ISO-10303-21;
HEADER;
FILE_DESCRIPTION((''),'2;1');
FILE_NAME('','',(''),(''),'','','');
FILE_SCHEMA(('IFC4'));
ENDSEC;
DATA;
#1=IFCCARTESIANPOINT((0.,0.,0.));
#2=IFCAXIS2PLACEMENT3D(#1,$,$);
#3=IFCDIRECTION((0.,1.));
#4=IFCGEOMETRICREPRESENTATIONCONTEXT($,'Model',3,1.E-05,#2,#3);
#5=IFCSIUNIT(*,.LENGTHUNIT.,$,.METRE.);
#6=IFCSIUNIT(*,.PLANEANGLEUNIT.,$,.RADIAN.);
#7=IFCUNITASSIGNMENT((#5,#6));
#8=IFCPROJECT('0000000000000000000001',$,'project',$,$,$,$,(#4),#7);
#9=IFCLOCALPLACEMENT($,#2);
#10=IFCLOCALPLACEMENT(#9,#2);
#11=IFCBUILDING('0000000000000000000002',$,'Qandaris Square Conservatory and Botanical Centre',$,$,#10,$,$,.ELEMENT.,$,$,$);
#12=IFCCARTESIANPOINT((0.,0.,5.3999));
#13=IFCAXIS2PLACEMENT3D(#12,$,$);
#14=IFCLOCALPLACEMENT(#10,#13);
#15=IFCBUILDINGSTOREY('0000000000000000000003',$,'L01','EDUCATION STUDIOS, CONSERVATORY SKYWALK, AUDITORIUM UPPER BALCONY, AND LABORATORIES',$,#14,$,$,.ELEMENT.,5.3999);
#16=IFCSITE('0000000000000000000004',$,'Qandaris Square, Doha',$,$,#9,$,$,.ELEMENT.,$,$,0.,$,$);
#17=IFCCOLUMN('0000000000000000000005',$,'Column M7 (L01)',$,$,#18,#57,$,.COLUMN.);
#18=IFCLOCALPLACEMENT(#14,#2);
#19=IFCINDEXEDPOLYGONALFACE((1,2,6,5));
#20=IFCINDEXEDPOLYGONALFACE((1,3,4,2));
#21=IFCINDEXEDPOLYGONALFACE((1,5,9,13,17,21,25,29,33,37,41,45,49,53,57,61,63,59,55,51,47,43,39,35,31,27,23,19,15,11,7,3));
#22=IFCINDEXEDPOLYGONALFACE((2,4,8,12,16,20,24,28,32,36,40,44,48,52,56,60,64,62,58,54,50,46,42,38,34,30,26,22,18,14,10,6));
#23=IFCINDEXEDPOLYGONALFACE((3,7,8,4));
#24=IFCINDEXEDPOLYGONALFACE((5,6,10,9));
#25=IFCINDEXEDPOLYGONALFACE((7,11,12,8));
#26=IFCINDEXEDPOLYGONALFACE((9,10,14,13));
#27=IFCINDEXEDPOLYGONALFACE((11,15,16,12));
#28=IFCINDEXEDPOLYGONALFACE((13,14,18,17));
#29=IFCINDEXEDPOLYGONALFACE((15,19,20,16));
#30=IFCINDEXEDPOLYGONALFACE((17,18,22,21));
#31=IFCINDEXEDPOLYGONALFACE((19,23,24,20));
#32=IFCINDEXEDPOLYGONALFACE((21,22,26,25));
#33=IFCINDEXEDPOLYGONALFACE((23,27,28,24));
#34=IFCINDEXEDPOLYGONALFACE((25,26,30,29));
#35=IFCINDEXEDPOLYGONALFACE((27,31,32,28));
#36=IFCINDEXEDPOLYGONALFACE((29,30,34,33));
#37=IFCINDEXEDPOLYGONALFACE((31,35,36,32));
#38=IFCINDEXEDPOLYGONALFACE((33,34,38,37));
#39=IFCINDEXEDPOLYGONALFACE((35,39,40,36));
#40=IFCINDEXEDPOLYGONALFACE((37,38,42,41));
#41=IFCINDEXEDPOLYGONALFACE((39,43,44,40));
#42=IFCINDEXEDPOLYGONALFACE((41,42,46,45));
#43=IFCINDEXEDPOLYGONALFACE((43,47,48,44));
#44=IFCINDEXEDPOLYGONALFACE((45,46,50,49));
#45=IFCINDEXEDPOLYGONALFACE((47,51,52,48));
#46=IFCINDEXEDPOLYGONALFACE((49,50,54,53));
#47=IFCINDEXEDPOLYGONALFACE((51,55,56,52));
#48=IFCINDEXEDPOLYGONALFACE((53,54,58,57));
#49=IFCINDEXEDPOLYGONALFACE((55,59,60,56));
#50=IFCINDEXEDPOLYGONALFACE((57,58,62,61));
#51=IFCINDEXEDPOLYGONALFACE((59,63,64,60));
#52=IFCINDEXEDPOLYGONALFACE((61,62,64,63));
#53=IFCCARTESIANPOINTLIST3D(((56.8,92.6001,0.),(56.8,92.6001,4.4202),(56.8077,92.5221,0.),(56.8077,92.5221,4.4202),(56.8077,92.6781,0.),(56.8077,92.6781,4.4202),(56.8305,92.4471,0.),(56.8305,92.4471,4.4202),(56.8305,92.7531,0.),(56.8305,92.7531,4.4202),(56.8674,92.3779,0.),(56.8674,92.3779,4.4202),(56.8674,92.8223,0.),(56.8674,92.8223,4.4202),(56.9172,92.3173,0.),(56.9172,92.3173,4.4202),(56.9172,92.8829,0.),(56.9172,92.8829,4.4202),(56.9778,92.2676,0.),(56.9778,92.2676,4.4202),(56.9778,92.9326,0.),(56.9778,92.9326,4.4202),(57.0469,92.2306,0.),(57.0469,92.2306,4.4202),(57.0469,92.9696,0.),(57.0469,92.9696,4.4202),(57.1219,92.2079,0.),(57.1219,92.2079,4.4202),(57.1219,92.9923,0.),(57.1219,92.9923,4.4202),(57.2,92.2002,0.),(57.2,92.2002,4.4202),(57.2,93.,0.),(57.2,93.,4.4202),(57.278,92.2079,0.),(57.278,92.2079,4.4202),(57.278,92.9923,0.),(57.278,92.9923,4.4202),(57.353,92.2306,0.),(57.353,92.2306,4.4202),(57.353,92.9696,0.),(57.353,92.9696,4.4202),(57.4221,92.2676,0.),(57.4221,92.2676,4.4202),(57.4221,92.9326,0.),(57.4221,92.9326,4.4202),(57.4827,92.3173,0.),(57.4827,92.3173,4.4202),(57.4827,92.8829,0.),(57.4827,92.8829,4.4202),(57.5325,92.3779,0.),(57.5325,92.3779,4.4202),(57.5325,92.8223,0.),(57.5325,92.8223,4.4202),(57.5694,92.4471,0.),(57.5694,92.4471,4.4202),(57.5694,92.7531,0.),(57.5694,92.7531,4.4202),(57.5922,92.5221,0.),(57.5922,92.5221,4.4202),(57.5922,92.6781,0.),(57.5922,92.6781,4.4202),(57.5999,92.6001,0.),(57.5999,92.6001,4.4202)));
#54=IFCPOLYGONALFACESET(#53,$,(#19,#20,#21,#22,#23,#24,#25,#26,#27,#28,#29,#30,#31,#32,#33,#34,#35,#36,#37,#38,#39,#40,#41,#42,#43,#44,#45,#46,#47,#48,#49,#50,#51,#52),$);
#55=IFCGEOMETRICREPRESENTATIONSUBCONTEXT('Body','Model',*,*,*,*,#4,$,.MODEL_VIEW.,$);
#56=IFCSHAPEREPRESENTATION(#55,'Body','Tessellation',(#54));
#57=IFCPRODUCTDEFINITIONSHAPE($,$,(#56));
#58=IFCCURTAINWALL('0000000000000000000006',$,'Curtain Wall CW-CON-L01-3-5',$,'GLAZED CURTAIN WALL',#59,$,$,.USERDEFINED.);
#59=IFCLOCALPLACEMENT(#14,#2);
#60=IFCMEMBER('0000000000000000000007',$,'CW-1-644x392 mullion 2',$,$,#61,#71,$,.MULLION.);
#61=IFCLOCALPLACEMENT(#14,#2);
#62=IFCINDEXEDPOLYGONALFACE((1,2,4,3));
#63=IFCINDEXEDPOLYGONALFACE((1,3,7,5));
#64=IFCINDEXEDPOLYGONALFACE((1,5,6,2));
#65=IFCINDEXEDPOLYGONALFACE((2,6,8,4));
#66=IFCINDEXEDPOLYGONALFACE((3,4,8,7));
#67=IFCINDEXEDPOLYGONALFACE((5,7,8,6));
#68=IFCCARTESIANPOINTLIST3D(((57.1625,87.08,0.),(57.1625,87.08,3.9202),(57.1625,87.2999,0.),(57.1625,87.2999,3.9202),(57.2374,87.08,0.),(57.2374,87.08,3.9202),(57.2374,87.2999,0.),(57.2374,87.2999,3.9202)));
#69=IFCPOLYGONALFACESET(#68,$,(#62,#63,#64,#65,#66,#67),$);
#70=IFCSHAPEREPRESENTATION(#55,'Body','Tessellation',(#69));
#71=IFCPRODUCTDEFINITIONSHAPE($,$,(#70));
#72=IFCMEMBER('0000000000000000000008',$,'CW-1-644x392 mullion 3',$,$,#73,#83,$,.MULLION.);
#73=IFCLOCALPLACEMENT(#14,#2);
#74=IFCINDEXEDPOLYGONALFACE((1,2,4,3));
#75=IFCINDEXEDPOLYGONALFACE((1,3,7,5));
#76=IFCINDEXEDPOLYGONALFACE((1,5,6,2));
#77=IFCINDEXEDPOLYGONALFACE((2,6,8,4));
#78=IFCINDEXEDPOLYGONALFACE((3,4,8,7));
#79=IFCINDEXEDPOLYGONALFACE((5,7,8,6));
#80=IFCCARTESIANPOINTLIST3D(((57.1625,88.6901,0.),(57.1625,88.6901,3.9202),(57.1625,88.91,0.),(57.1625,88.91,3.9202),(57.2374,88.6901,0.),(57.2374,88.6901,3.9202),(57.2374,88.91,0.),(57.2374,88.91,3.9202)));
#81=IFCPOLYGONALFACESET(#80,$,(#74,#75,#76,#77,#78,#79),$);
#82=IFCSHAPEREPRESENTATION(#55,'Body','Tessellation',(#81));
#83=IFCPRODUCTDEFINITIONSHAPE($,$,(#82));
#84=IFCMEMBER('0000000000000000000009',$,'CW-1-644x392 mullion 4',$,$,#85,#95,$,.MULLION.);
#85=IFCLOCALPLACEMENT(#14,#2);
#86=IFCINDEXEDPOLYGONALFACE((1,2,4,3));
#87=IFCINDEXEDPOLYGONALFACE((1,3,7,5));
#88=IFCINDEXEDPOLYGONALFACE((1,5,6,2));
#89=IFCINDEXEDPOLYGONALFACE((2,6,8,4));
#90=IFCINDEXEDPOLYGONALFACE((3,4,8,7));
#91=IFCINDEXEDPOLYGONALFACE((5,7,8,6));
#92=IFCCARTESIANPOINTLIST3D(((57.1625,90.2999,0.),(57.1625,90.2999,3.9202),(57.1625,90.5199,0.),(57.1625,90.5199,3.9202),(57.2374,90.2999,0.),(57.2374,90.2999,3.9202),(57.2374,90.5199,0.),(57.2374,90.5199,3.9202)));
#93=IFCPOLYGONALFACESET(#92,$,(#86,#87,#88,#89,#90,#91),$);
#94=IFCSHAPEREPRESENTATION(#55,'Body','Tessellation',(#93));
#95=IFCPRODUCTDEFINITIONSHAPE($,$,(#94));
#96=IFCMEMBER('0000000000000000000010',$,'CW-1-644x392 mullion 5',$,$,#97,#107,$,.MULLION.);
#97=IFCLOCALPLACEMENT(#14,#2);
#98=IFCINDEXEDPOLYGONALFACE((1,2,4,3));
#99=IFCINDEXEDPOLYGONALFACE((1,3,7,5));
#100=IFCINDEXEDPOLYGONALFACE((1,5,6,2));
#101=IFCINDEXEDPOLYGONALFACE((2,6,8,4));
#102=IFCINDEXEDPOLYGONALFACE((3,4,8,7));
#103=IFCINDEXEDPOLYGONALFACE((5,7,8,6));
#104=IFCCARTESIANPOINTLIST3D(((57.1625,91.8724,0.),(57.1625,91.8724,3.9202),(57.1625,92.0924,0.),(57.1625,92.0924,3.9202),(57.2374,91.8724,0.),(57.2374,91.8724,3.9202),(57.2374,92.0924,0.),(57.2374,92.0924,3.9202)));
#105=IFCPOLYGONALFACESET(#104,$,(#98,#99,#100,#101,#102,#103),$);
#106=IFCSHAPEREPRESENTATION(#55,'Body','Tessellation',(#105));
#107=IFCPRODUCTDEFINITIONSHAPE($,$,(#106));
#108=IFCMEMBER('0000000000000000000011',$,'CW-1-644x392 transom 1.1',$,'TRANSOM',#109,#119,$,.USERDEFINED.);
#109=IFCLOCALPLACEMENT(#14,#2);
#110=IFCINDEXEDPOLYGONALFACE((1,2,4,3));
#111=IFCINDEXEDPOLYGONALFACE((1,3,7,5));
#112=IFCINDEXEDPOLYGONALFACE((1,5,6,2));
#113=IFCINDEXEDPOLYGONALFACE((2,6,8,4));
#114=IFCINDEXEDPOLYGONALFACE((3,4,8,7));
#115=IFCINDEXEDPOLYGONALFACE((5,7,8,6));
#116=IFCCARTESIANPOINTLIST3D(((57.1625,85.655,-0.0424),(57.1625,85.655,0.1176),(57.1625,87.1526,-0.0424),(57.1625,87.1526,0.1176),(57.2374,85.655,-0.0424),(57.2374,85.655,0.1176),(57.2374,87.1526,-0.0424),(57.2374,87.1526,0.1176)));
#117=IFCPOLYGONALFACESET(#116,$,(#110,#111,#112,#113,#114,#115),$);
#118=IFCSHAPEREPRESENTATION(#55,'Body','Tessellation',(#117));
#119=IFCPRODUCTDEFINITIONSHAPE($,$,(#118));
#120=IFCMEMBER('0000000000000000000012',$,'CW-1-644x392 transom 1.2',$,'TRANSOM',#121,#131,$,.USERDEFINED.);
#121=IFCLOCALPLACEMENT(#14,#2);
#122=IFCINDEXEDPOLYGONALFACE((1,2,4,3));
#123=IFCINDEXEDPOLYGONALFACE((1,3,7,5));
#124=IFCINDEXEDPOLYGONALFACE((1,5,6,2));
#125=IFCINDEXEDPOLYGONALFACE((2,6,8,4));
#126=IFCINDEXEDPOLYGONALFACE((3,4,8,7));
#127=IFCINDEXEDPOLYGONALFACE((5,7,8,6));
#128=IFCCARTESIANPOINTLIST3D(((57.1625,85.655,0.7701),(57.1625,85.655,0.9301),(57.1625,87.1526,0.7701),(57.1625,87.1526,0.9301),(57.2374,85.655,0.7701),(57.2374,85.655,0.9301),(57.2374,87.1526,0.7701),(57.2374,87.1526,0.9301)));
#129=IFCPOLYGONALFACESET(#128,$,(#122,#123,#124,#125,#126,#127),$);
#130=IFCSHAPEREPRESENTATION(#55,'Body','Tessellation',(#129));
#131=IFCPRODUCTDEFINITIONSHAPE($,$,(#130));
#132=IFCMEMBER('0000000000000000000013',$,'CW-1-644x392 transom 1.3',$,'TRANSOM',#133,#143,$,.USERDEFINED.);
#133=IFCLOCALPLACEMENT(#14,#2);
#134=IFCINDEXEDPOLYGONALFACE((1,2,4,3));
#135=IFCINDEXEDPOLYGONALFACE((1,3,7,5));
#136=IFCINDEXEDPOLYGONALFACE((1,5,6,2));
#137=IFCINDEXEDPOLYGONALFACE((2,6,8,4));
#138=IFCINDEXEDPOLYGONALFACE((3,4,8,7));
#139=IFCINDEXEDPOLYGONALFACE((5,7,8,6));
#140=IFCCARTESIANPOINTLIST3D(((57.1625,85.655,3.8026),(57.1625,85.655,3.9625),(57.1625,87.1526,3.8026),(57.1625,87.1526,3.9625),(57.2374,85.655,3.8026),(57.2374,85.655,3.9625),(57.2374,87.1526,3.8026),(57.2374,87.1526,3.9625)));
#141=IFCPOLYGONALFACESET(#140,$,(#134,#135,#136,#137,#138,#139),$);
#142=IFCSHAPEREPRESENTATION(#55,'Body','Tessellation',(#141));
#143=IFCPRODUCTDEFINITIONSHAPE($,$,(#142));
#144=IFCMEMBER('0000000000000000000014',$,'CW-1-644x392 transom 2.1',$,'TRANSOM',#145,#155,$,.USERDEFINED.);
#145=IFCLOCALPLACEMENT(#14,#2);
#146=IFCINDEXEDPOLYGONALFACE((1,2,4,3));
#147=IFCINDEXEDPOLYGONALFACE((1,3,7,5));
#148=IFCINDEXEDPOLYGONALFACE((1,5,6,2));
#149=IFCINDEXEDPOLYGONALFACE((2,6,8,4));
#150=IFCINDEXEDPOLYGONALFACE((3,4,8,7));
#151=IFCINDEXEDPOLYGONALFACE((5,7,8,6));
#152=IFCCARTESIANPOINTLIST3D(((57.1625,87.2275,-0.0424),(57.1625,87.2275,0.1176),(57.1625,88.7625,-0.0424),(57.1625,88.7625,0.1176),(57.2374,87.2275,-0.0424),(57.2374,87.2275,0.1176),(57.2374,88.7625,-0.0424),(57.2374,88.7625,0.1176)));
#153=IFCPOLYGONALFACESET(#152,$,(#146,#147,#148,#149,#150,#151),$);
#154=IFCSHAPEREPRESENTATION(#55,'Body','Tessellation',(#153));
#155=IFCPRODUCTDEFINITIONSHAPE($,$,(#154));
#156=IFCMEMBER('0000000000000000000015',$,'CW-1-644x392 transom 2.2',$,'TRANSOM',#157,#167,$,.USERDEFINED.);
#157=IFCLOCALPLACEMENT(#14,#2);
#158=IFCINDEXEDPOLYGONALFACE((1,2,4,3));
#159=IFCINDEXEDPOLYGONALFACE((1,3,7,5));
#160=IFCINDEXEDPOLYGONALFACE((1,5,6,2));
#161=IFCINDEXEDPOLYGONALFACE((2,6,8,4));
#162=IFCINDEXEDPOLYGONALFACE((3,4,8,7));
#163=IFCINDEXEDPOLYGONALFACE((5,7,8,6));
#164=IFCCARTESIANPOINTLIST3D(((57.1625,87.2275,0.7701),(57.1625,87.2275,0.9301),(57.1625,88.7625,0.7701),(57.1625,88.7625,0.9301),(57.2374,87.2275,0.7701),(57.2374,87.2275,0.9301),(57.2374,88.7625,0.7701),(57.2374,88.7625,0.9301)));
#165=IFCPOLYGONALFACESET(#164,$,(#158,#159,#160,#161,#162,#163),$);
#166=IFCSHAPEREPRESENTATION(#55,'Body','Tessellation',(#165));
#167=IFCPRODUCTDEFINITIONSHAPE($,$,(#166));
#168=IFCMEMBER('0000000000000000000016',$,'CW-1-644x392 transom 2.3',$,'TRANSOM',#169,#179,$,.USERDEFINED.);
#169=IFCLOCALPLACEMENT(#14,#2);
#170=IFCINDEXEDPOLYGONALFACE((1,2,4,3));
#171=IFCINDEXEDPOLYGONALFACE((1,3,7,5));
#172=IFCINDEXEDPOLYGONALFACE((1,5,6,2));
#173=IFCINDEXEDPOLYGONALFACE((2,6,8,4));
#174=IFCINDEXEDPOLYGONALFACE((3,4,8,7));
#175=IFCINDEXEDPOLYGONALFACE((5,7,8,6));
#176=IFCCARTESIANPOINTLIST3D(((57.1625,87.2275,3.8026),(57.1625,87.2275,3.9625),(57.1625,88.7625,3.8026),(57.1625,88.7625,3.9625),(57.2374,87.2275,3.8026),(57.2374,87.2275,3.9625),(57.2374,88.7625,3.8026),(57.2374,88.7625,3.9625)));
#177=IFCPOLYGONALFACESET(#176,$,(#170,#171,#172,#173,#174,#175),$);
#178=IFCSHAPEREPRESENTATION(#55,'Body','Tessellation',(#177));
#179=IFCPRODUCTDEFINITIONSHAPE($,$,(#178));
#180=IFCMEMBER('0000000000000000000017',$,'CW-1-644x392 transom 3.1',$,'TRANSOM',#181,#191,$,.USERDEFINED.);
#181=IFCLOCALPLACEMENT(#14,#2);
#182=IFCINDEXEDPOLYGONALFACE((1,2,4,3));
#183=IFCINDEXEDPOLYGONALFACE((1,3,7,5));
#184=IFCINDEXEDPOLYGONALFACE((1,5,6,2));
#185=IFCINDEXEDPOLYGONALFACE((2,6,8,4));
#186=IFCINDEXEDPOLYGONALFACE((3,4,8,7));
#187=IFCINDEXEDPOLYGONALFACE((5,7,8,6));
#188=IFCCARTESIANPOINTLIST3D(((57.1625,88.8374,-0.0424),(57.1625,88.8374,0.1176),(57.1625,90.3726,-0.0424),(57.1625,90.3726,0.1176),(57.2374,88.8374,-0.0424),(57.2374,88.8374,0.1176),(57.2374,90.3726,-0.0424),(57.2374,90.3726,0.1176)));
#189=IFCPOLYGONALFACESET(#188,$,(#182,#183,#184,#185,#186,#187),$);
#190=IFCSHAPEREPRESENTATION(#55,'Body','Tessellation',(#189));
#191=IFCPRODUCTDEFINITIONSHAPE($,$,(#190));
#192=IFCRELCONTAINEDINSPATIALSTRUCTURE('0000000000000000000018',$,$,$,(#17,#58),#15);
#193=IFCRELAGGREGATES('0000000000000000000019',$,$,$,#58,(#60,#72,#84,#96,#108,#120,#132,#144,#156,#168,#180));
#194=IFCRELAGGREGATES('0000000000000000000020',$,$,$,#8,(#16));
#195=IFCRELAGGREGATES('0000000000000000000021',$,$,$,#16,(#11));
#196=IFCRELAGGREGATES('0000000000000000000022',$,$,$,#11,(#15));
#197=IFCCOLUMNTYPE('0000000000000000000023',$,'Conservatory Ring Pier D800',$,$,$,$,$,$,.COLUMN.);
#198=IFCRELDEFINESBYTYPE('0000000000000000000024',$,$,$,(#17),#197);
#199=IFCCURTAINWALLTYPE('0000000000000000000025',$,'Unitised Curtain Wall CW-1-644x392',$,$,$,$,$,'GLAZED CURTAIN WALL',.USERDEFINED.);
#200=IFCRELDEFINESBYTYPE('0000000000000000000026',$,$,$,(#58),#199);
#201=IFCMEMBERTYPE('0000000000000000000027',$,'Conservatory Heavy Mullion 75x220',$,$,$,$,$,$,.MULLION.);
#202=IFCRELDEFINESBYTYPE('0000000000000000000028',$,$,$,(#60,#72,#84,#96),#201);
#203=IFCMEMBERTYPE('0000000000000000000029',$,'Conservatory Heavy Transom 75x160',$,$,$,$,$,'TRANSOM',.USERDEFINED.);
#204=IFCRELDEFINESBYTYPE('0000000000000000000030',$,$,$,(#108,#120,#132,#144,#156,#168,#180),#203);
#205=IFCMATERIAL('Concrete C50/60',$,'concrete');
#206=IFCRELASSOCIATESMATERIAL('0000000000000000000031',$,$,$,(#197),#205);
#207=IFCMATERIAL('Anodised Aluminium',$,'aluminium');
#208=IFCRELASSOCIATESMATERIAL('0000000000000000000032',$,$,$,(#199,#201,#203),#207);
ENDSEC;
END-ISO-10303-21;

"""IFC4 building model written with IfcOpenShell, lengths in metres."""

from ifc_helpers import new_model, si_unit, direction, frame, origin, origin_2d, place, context, subcontext, project, spatial, rectangle, circle, extrude, material, material_profile, profile_set, type_object, element, aggregate, save


model = new_model("IFC4")

# Units and contexts
model_context = context("Model", 3, precision=1e-05, world=origin(), true_north=direction((0.0, 1.0)))
body_context = subcontext(model_context, "Body", "Model", "MODEL_VIEW")
ifc_project = project(units=[si_unit("LENGTHUNIT", "METRE"), si_unit("PLANEANGLEUNIT", "RADIAN")], contexts=[model_context])

# Site, building, storey
site_placement = place(None, origin())
site = spatial("IfcSite", under=ifc_project, at=site_placement, Name="Qandaris Square, Doha", CompositionType="ELEMENT", RefElevation=0.0)
building_placement = place(site_placement, origin())
building = spatial("IfcBuilding", under=site, at=building_placement, Name="Qandaris Square Conservatory and Botanical Centre", CompositionType="ELEMENT")
storey_placement = place(building_placement, frame((0.0, 0.0, 5.3999)))
storey = spatial("IfcBuildingStorey", under=building, at=storey_placement, Name="L01", Description="EDUCATION STUDIOS, CONSERVATORY SKYWALK, AUDITORIUM UPPER BALCONY, AND LABORATORIES", CompositionType="ELEMENT", Elevation=5.3999)

# Column
ifc_material_1 = material(Name="Concrete C50/60", Category="concrete")
ifc_material_profile_1 = material_profile(ifc_material_1, circle(Radius=0.3999, at=origin_2d()), Name="RC-COL D800")
ifc_profile_set_1 = profile_set([ifc_material_profile_1], Name="Concrete C50/60")
column_type = type_object("IfcColumnType", Name="Conservatory Ring Pier D800", PredefinedType="COLUMN", material=ifc_profile_set_1)
column_placement = place(storey_placement, frame((57.2, 92.6001, 0.0), z_axis=(0.0, 0.0, 1.0), x_axis=(1.0, 0.0, 0.0)))
element("IfcColumn", 1, at=column_placement, inside=storey, type_object=column_type, Name="Column M7 (L01)", PredefinedType="COLUMN", context=body_context, shape_type="SweptSolid", body=[
    extrude(circle(Radius=0.3999, at=origin_2d()), origin(), (0.0, 0.0, 1.0), 4.4202),
])

# Curtain wall, members
ifc_material_2 = material(Name="Anodised Aluminium", Category="aluminium")
curtain_wall_type = type_object("IfcCurtainWallType", Name="Unitised Curtain Wall CW-1-644x392", ElementType="GLAZED CURTAIN WALL", PredefinedType="USERDEFINED", material=ifc_material_2)
curtain_wall_placement = place(storey_placement, origin())
curtain_wall = element("IfcCurtainWall", 2, at=curtain_wall_placement, inside=storey, type_object=curtain_wall_type, Name="Curtain Wall CW-CON-L01-3-5", ObjectType="GLAZED CURTAIN WALL", PredefinedType="USERDEFINED")
ifc_material_profile_2 = material_profile(ifc_material_2, rectangle(XDim=0.075, YDim=0.22, at=origin_2d()), Name="ALU-MUL 75x220")
ifc_profile_set_2 = profile_set([ifc_material_profile_2], Name="Anodised Aluminium")
member_type_1 = type_object("IfcMemberType", Name="Conservatory Heavy Mullion 75x220", PredefinedType="MULLION", material=ifc_profile_set_2)
member_1_placement = place(storey_placement, frame((57.2, 87.1899, 0.0), z_axis=(0.0, 0.0, 1.0), x_axis=(-1.0, 0.0, 0.0)))
member_1 = element("IfcMember", 3, at=member_1_placement, type_object=member_type_1, Name="CW-1-644x392 mullion 2", PredefinedType="MULLION", context=body_context, shape_type="SweptSolid", body=[
    extrude(rectangle(XDim=0.075, YDim=0.22, at=origin_2d()), origin(), (0.0, 0.0, 1.0), 3.9202),
])
member_2_placement = place(storey_placement, frame((57.2, 88.8, 0.0), z_axis=(0.0, 0.0, 1.0), x_axis=(-1.0, 0.0, 0.0)))
member_2 = element("IfcMember", 4, at=member_2_placement, type_object=member_type_1, Name="CW-1-644x392 mullion 3", PredefinedType="MULLION", context=body_context, shape_type="SweptSolid", body=[
    extrude(rectangle(XDim=0.075, YDim=0.22, at=origin_2d()), origin(), (0.0, 0.0, 1.0), 3.9202),
])
member_3_placement = place(storey_placement, frame((57.2, 90.4099, 0.0), z_axis=(0.0, 0.0, 1.0), x_axis=(-1.0, 0.0, 0.0)))
member_3 = element("IfcMember", 5, at=member_3_placement, type_object=member_type_1, Name="CW-1-644x392 mullion 4", PredefinedType="MULLION", context=body_context, shape_type="SweptSolid", body=[
    extrude(rectangle(XDim=0.075, YDim=0.22, at=origin_2d()), origin(), (0.0, 0.0, 1.0), 3.9202),
])
member_4_placement = place(storey_placement, frame((57.2, 91.9824, 0.0), z_axis=(0.0, 0.0, 1.0), x_axis=(-1.0, 0.0, 0.0)))
member_4 = element("IfcMember", 6, at=member_4_placement, type_object=member_type_1, Name="CW-1-644x392 mullion 5", PredefinedType="MULLION", context=body_context, shape_type="SweptSolid", body=[
    extrude(rectangle(XDim=0.075, YDim=0.22, at=origin_2d()), origin(), (0.0, 0.0, 1.0), 3.9202),
])
ifc_material_profile_3 = material_profile(ifc_material_2, rectangle(XDim=0.075, YDim=0.1599, at=origin_2d()), Name="ALU-TRN 75x160")
ifc_profile_set_3 = profile_set([ifc_material_profile_3], Name="Anodised Aluminium")
member_type_2 = type_object("IfcMemberType", Name="Conservatory Heavy Transom 75x160", ElementType="TRANSOM", PredefinedType="USERDEFINED", material=ifc_profile_set_3)
member_5_placement = place(storey_placement, frame((57.2, 85.655, 0.0376), z_axis=(0.0, 1.0, 0.0), x_axis=(-1.0, 0.0, 0.0)))
member_5 = element("IfcMember", 7, at=member_5_placement, type_object=member_type_2, Name="CW-1-644x392 transom 1.1", ObjectType="TRANSOM", PredefinedType="USERDEFINED", context=body_context, shape_type="SweptSolid", body=[
    extrude(rectangle(XDim=0.075, YDim=0.1599, at=origin_2d()), origin(), (0.0, 0.0, 1.0), 1.4976),
])
member_6_placement = place(storey_placement, frame((57.2, 85.655, 0.8501), z_axis=(0.0, 1.0, 0.0), x_axis=(-1.0, 0.0, 0.0)))
member_6 = element("IfcMember", 8, at=member_6_placement, type_object=member_type_2, Name="CW-1-644x392 transom 1.2", ObjectType="TRANSOM", PredefinedType="USERDEFINED", context=body_context, shape_type="SweptSolid", body=[
    extrude(rectangle(XDim=0.075, YDim=0.1599, at=origin_2d()), origin(), (0.0, 0.0, 1.0), 1.4976),
])
member_7_placement = place(storey_placement, frame((57.2, 85.655, 3.8826), z_axis=(0.0, 1.0, 0.0), x_axis=(-1.0, 0.0, 0.0)))
member_7 = element("IfcMember", 9, at=member_7_placement, type_object=member_type_2, Name="CW-1-644x392 transom 1.3", ObjectType="TRANSOM", PredefinedType="USERDEFINED", context=body_context, shape_type="SweptSolid", body=[
    extrude(rectangle(XDim=0.075, YDim=0.1599, at=origin_2d()), origin(), (0.0, 0.0, 1.0), 1.4976),
])
member_8_placement = place(storey_placement, frame((57.2, 87.2275, 0.0376), z_axis=(0.0, 1.0, 0.0), x_axis=(-1.0, 0.0, 0.0)))
member_8 = element("IfcMember", 10, at=member_8_placement, type_object=member_type_2, Name="CW-1-644x392 transom 2.1", ObjectType="TRANSOM", PredefinedType="USERDEFINED", context=body_context, shape_type="SweptSolid", body=[
    extrude(rectangle(XDim=0.075, YDim=0.1599, at=origin_2d()), origin(), (0.0, 0.0, 1.0), 1.5349),
])
member_9_placement = place(storey_placement, frame((57.2, 87.2275, 0.8501), z_axis=(0.0, 1.0, 0.0), x_axis=(-1.0, 0.0, 0.0)))
member_9 = element("IfcMember", 11, at=member_9_placement, type_object=member_type_2, Name="CW-1-644x392 transom 2.2", ObjectType="TRANSOM", PredefinedType="USERDEFINED", context=body_context, shape_type="SweptSolid", body=[
    extrude(rectangle(XDim=0.075, YDim=0.1599, at=origin_2d()), origin(), (0.0, 0.0, 1.0), 1.5349),
])
member_10_placement = place(storey_placement, frame((57.2, 87.2275, 3.8826), z_axis=(0.0, 1.0, 0.0), x_axis=(-1.0, 0.0, 0.0)))
member_10 = element("IfcMember", 12, at=member_10_placement, type_object=member_type_2, Name="CW-1-644x392 transom 2.3", ObjectType="TRANSOM", PredefinedType="USERDEFINED", context=body_context, shape_type="SweptSolid", body=[
    extrude(rectangle(XDim=0.075, YDim=0.1599, at=origin_2d()), origin(), (0.0, 0.0, 1.0), 1.5349),
])
member_11_placement = place(storey_placement, frame((57.2, 88.8374, 0.0376), z_axis=(0.0, 1.0, 0.0), x_axis=(-1.0, 0.0, 0.0)))
member_11 = element("IfcMember", 13, at=member_11_placement, type_object=member_type_2, Name="CW-1-644x392 transom 3.1", ObjectType="TRANSOM", PredefinedType="USERDEFINED", context=body_context, shape_type="SweptSolid", body=[
    extrude(rectangle(XDim=0.075, YDim=0.1599, at=origin_2d()), origin(), (0.0, 0.0, 1.0), 1.5352),
])
aggregate(curtain_wall, [member_1, member_2, member_3, member_4, member_5, member_6, member_7, member_8, member_9, member_10, member_11])

save(model, "model.ifc")
